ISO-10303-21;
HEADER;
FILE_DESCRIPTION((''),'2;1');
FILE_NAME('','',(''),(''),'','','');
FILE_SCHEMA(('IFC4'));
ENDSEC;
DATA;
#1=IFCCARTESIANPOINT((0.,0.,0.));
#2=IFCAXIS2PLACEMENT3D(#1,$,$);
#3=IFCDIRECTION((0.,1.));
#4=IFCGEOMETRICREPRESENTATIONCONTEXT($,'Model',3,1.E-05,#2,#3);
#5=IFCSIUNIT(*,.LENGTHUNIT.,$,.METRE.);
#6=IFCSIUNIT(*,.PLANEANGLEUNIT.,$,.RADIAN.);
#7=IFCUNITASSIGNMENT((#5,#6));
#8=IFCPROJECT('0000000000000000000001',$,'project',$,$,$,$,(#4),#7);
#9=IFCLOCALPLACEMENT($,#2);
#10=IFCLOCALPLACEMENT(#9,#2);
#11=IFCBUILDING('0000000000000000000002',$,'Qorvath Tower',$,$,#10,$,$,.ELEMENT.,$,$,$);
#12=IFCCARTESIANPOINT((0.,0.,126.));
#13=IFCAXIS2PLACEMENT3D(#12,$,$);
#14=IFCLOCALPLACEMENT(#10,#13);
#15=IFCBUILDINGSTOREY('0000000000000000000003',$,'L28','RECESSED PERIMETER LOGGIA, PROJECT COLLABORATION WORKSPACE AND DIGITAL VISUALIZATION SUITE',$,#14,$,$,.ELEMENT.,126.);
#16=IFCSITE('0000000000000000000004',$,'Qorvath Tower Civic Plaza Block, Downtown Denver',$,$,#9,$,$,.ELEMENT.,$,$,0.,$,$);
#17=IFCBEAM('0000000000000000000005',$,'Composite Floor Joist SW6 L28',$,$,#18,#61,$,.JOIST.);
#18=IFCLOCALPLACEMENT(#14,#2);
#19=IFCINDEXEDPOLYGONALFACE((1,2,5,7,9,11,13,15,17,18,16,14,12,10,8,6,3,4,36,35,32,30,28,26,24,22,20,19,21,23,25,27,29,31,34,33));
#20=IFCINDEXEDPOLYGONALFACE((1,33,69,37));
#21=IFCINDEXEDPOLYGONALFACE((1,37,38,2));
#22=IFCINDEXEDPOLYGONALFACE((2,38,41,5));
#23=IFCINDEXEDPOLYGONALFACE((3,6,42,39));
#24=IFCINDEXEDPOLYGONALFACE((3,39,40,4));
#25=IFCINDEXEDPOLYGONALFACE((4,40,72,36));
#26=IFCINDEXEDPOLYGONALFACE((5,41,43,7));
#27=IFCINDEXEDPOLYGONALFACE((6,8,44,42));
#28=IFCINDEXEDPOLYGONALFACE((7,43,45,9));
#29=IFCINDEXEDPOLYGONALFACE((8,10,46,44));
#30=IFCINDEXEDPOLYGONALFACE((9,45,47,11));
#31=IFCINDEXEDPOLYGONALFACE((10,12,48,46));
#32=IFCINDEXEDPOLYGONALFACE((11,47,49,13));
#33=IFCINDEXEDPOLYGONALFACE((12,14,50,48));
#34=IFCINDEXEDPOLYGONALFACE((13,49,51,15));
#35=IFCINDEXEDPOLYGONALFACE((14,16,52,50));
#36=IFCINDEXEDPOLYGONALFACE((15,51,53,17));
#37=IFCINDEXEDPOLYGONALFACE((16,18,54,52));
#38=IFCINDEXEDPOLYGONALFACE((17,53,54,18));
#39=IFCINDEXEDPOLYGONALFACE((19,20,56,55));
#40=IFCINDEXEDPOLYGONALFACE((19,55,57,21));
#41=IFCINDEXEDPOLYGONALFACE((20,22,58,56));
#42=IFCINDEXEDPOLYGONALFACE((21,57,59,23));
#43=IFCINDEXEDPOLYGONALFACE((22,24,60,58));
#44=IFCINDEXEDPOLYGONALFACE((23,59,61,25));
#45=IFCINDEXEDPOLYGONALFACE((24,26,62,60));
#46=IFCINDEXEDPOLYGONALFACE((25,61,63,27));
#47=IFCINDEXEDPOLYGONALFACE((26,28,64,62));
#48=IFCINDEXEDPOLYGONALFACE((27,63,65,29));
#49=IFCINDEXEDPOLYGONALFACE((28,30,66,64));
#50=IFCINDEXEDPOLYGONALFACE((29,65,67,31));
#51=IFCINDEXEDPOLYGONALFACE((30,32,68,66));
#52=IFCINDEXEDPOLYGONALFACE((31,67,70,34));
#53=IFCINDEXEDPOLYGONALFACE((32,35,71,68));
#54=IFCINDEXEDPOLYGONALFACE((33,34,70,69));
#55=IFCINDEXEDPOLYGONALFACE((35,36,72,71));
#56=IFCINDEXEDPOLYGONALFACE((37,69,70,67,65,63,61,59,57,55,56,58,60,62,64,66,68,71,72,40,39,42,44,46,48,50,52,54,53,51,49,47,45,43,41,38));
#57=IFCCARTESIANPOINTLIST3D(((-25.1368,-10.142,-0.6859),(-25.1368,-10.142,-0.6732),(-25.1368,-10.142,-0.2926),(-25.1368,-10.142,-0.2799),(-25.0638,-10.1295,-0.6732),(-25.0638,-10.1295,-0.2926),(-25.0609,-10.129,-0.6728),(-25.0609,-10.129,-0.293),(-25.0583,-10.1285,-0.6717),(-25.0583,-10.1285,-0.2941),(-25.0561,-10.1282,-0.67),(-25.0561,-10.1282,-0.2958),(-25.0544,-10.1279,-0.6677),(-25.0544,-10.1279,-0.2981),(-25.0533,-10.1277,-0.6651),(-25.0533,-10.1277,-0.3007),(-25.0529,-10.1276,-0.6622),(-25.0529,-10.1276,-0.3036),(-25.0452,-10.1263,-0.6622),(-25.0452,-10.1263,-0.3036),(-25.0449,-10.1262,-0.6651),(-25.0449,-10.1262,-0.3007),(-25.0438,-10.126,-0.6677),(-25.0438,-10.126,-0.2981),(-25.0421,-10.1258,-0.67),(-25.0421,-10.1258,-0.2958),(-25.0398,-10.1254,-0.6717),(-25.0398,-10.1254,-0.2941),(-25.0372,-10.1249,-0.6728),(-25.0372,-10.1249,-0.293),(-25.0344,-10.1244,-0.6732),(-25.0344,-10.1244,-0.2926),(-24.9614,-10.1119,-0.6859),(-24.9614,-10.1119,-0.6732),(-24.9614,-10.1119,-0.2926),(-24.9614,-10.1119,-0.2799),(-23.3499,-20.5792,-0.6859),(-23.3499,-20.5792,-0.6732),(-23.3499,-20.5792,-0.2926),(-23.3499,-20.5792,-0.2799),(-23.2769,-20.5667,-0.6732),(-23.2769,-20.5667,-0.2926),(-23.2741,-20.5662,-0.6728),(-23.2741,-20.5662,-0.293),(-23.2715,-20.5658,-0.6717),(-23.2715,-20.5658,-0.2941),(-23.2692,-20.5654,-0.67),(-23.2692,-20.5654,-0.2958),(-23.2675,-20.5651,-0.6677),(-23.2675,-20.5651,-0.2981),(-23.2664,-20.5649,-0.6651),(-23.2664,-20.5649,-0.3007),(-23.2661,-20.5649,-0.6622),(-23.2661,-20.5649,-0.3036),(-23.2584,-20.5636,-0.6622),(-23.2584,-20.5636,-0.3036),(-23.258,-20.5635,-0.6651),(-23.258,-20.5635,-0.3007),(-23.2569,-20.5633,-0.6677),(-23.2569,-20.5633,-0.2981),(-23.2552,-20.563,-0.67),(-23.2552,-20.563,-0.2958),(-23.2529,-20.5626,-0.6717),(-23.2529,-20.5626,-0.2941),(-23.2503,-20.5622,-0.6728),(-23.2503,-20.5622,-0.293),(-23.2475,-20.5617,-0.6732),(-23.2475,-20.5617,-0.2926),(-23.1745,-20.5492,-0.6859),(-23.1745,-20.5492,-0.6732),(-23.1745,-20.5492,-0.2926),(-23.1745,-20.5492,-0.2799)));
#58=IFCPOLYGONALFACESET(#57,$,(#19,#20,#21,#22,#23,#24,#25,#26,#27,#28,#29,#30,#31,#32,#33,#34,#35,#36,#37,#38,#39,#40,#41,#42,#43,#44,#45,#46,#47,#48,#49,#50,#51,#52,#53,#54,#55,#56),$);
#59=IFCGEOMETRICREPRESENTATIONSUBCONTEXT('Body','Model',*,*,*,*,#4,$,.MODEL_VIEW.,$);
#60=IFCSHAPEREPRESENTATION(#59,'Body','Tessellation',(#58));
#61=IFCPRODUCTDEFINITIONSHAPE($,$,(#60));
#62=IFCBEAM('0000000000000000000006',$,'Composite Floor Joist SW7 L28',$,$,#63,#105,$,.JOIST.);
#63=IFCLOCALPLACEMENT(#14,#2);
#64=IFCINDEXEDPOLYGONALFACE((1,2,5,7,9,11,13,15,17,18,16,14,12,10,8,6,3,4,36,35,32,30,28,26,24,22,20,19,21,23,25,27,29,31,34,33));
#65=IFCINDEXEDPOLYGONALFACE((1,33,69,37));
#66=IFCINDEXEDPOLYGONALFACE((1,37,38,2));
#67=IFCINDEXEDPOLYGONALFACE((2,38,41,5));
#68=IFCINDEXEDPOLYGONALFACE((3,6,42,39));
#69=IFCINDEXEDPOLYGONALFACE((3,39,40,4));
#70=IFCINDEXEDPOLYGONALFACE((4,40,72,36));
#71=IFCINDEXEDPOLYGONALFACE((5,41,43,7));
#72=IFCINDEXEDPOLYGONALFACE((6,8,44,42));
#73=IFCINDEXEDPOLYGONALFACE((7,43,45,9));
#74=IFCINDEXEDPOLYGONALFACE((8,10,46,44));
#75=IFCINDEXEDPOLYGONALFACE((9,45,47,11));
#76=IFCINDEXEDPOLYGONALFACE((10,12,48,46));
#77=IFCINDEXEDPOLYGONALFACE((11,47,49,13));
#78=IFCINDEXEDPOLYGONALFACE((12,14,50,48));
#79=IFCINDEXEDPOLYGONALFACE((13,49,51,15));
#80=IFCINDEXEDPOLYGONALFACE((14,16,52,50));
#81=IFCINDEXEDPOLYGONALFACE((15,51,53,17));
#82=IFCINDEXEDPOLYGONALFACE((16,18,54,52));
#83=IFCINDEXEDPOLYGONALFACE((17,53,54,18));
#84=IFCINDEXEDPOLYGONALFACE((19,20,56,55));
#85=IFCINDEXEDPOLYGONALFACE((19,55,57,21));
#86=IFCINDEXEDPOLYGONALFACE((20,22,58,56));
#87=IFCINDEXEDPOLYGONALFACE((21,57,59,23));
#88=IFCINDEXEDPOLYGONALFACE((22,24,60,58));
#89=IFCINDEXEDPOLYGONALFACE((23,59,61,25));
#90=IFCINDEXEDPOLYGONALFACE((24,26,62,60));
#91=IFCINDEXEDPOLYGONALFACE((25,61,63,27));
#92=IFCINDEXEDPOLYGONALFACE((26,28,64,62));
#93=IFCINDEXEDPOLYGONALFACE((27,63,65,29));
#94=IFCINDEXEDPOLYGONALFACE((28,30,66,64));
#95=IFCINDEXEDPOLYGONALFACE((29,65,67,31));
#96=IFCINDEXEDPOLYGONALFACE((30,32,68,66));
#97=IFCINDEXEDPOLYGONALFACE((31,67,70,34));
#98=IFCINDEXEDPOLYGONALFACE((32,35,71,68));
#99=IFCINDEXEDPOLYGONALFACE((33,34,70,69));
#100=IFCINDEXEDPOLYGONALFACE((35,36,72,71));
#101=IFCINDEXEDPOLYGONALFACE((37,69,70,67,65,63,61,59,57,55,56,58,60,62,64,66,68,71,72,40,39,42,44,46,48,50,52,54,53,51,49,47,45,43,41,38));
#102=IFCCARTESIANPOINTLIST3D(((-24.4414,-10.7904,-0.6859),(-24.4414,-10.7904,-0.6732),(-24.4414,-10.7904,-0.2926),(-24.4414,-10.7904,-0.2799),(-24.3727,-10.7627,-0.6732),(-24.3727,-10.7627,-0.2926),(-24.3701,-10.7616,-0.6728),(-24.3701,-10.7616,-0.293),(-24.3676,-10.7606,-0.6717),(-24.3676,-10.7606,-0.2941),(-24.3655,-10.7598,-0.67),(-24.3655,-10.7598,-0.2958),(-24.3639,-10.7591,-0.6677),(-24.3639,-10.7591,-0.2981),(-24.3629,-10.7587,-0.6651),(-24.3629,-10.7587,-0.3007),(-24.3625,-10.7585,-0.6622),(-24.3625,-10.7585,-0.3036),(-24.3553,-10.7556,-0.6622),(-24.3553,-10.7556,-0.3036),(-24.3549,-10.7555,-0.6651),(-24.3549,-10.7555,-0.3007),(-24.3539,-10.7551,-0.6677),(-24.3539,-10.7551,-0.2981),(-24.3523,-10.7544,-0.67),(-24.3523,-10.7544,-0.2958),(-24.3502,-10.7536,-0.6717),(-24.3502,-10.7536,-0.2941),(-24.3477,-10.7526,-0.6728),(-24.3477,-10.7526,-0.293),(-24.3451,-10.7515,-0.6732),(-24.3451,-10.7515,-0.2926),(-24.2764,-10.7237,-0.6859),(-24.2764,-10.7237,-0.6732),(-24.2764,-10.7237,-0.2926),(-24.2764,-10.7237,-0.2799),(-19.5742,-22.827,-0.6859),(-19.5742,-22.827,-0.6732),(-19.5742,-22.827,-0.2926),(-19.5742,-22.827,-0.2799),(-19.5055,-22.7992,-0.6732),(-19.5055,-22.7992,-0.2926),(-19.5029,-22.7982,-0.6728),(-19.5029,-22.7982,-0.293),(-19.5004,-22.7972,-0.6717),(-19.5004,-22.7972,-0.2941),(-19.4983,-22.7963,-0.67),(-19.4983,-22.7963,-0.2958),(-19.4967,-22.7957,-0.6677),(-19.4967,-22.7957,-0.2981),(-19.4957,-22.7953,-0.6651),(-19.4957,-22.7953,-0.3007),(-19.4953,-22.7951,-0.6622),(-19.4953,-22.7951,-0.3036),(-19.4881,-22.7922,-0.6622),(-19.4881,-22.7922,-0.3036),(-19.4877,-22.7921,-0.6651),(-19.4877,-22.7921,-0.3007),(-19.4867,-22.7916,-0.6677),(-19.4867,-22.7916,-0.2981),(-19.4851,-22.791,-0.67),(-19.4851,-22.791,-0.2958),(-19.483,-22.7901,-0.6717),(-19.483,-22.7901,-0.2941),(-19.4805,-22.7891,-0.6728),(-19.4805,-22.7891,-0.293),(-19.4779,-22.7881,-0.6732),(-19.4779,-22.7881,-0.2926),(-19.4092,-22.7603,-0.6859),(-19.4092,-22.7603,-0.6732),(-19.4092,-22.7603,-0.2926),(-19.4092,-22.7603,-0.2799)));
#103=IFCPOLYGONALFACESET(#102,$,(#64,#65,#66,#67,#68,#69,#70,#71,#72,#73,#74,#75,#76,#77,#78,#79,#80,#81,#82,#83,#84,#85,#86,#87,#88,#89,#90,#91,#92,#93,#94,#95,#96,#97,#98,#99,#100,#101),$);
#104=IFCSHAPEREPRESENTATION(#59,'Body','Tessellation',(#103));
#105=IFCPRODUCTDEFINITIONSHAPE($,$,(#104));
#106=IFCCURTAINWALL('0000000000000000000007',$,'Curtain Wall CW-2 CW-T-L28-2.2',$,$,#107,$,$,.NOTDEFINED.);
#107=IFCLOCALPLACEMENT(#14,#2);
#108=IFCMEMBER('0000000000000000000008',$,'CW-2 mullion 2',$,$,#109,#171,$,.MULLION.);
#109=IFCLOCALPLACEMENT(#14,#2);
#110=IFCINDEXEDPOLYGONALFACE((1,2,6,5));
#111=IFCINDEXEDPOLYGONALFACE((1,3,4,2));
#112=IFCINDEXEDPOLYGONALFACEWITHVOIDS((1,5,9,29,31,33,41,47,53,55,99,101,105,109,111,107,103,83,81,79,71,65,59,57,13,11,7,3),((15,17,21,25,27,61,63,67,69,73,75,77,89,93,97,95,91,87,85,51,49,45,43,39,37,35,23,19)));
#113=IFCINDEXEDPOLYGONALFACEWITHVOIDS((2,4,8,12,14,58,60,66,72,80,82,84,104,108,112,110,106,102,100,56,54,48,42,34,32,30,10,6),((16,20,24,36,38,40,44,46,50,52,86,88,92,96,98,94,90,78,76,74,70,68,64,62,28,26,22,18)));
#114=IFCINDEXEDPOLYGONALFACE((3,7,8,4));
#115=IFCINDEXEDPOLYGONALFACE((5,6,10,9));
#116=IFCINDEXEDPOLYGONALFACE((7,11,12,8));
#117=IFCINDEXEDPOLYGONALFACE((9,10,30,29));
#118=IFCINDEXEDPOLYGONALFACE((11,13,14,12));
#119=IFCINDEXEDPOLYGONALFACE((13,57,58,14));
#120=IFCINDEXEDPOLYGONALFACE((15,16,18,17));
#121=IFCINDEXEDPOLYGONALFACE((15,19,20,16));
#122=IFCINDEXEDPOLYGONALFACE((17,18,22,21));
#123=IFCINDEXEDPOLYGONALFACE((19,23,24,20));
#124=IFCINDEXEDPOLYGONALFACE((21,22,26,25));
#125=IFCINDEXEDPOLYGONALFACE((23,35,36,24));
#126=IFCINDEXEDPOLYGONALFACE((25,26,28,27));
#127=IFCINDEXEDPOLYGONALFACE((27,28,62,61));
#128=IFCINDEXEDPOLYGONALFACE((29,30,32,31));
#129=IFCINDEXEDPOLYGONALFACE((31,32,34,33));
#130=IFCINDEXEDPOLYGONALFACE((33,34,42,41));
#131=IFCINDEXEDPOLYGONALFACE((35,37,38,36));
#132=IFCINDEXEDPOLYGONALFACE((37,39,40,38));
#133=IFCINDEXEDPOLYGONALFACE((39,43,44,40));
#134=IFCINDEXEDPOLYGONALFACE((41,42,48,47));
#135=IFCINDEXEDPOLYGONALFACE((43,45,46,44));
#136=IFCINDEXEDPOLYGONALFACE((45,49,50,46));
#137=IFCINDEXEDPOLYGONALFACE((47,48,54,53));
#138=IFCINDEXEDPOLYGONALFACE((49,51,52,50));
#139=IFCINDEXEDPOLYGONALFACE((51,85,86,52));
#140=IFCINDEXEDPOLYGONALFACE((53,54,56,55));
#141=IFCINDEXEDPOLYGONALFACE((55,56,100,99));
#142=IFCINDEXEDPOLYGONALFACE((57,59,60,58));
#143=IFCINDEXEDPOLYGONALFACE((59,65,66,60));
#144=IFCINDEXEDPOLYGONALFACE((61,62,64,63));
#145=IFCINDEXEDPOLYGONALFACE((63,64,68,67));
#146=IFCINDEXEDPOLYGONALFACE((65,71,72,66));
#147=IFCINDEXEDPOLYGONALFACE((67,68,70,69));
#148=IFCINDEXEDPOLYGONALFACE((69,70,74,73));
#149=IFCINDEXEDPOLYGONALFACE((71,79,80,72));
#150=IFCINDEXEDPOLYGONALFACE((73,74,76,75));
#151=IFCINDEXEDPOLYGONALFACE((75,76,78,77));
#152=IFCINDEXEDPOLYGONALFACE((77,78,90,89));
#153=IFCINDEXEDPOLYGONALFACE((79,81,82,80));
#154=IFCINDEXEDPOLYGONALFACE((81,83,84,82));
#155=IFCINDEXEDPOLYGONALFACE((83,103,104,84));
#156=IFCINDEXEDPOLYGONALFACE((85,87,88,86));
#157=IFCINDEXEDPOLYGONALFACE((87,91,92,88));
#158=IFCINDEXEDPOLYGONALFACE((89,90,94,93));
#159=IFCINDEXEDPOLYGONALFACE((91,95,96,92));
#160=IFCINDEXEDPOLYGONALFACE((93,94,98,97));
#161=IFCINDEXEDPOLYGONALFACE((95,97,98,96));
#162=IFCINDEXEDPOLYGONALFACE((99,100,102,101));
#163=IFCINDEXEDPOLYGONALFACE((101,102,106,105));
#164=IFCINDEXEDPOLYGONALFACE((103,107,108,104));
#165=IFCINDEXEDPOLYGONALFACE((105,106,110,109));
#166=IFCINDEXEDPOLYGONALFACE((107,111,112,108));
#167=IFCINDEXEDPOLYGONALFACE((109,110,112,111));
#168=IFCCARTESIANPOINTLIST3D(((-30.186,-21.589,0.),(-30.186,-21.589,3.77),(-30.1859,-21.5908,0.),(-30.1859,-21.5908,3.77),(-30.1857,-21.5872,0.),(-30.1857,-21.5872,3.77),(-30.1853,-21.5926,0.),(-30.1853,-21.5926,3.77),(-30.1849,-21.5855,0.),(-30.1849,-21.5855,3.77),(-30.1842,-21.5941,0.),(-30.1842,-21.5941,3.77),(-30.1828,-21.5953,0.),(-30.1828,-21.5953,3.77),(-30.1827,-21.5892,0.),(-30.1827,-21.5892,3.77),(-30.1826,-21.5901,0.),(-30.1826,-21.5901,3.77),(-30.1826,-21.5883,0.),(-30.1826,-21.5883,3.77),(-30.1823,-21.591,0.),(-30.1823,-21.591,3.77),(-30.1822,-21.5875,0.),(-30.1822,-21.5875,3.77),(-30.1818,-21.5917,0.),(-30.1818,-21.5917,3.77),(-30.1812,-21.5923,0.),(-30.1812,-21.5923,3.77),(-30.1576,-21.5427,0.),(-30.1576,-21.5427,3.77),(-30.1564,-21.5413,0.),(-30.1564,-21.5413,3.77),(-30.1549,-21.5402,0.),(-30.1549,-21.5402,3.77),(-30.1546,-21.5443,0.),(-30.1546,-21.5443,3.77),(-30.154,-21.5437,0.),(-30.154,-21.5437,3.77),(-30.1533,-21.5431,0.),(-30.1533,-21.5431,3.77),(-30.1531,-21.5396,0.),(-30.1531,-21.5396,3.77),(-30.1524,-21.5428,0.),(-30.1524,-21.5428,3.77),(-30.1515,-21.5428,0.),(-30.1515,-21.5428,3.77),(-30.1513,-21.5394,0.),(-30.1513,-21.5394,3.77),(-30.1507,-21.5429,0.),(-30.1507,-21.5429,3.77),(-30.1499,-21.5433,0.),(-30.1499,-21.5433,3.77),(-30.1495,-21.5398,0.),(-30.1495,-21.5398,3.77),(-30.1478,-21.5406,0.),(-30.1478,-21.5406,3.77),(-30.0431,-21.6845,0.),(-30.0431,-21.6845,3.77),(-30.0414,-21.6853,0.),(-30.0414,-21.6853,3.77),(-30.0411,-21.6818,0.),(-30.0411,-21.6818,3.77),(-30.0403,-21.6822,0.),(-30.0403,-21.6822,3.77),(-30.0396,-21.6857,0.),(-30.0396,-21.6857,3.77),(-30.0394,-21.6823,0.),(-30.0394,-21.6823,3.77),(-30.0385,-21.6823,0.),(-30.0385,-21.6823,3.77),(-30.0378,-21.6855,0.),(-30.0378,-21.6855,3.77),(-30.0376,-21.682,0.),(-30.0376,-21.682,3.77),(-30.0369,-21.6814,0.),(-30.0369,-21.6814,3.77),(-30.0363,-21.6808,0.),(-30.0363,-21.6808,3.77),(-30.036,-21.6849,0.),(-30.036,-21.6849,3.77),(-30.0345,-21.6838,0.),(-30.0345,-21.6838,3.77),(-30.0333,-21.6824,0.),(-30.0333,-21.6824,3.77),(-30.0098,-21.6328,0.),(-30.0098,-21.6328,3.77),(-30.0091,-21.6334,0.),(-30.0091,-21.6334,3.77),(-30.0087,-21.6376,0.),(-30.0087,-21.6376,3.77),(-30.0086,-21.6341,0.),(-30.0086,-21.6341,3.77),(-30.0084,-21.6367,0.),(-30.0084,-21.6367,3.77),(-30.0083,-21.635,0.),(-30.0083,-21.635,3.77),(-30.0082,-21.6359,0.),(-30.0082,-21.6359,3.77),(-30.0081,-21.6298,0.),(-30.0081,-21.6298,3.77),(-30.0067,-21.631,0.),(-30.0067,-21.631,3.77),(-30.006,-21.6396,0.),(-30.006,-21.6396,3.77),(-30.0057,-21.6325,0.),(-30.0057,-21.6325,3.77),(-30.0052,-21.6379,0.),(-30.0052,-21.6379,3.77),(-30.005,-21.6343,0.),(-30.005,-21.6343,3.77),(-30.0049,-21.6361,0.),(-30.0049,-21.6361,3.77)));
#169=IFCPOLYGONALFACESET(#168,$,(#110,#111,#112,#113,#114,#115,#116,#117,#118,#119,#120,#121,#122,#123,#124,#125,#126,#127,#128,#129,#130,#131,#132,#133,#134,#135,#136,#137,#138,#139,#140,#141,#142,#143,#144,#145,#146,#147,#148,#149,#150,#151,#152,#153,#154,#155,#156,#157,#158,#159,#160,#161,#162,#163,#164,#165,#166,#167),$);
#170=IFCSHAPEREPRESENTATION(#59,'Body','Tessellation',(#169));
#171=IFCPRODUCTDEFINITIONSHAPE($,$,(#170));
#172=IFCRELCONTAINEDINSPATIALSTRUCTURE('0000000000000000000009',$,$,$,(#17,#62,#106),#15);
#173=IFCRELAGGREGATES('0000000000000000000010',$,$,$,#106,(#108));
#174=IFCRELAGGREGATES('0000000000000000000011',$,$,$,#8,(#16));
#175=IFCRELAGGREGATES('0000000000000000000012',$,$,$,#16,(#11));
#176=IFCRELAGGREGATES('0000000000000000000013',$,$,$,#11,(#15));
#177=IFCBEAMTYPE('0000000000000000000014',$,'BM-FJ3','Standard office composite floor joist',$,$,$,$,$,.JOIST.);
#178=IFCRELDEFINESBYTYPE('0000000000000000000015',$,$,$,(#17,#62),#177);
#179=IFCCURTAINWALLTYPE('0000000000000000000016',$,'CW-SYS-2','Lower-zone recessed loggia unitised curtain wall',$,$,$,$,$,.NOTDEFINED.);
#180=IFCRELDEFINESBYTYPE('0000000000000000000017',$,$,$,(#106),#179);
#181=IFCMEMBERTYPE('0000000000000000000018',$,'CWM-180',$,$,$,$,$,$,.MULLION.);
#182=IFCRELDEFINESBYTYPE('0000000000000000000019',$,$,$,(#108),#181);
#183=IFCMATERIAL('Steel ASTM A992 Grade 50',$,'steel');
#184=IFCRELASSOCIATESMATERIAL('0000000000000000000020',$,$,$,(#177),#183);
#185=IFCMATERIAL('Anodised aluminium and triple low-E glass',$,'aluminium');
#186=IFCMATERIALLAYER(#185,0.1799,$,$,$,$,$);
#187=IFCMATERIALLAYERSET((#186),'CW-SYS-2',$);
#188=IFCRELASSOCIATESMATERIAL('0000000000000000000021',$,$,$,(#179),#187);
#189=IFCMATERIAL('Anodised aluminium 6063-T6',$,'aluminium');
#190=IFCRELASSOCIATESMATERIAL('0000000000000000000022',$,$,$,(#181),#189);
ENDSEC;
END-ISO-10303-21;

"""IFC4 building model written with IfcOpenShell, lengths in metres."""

from ifc_helpers import new_model, si_unit, direction, frame, origin, origin_2d, place, context, subcontext, project, spatial, hollow_rectangle, i_section, extrude, material, layer, layer_set, material_profile, profile_set, type_object, element, aggregate, save


model = new_model("IFC4")

# Units and contexts
model_context = context("Model", 3, precision=1e-05, world=origin(), true_north=direction((0.0, 1.0)))
body_context = subcontext(model_context, "Body", "Model", "MODEL_VIEW")
ifc_project = project(units=[si_unit("LENGTHUNIT", "METRE"), si_unit("PLANEANGLEUNIT", "RADIAN")], contexts=[model_context])

# Site, building, storey
site_placement = place(None, origin())
site = spatial("IfcSite", under=ifc_project, at=site_placement, Name="Qorvath Tower Civic Plaza Block, Downtown Denver", CompositionType="ELEMENT", RefElevation=0.0)
building_placement = place(site_placement, origin())
building = spatial("IfcBuilding", under=site, at=building_placement, Name="Qorvath Tower", CompositionType="ELEMENT")
storey_placement = place(building_placement, frame((0.0, 0.0, 126.0)))
storey = spatial("IfcBuildingStorey", under=building, at=storey_placement, Name="L28", Description="RECESSED PERIMETER LOGGIA, PROJECT COLLABORATION WORKSPACE AND DIGITAL VISUALIZATION SUITE", CompositionType="ELEMENT", Elevation=126.0)

# Beams
ifc_material_1 = material(Name="Steel ASTM A992 Grade 50", Category="steel")
ifc_material_profile_1 = material_profile(ifc_material_1, i_section(OverallWidth=0.178, OverallDepth=0.406, WebThickness=0.0078, FlangeThickness=0.0127, FilletRadius=0.011, at=origin_2d()), Name="W16x40")
ifc_profile_set_1 = profile_set([ifc_material_profile_1], Name="Steel ASTM A992 Grade 50")
beam_type_1 = type_object("IfcBeamType", Name="BM-FJ3", Description="Standard office composite floor joist", PredefinedType="JOIST", material=ifc_profile_set_1)
beam_1_placement = place(storey_placement, frame((-25.0491, -10.127, -0.4829), z_axis=(0.168746, -0.98566, 0.0), x_axis=(0.98566, 0.168746, 0.0)))
element("IfcBeam", 1, at=beam_1_placement, inside=storey, type_object=beam_type_1, Name="Composite Floor Joist SW6 L28", PredefinedType="JOIST", context=body_context, shape_type="SweptSolid", body=[
    extrude(i_section(OverallWidth=0.178, OverallDepth=0.406, WebThickness=0.0078, FlangeThickness=0.0127, FilletRadius=0.011, at=origin_2d()), origin(), (0.0, 0.0, 1.0), 10.5891),
])
beam_2_placement = place(storey_placement, frame((-24.3589, -10.7571, -0.4829), z_axis=(0.374877, -0.927075, 0.0), x_axis=(0.927075, 0.374877, 0.0)))
element("IfcBeam", 2, at=beam_2_placement, inside=storey, type_object=beam_type_1, Name="Composite Floor Joist SW7 L28", PredefinedType="JOIST", context=body_context, shape_type="SweptSolid", body=[
    extrude(i_section(OverallWidth=0.178, OverallDepth=0.406, WebThickness=0.0078, FlangeThickness=0.0127, FilletRadius=0.011, at=origin_2d()), origin(), (0.0, 0.0, 1.0), 12.9834),
])

# Curtain wall, member
ifc_material_2 = material(Name="Anodised aluminium and triple low-E glass", Category="aluminium")
ifc_layer_1 = layer(ifc_material_2, 0.1799)
ifc_layer_set_1 = layer_set([ifc_layer_1], Name="CW-SYS-2")
curtain_wall_type = type_object("IfcCurtainWallType", Name="CW-SYS-2", Description="Lower-zone recessed loggia unitised curtain wall", PredefinedType="NOTDEFINED", material=ifc_layer_set_1)
curtain_wall_placement = place(storey_placement, origin())
curtain_wall = element("IfcCurtainWall", 3, at=curtain_wall_placement, inside=storey, type_object=curtain_wall_type, Name="Curtain Wall CW-2 CW-T-L28-2.2", PredefinedType="NOTDEFINED")
ifc_material_3 = material(Name="Anodised aluminium 6063-T6", Category="aluminium")
ifc_material_profile_2 = material_profile(ifc_material_3, hollow_rectangle(XDim=0.0649, YDim=0.1799, WallThickness=0.0034, InnerFilletRadius=0.0034, OuterFilletRadius=0.0071, at=origin_2d()), Name="CWM 180x65")
ifc_profile_set_2 = profile_set([ifc_material_profile_2], Name="Anodised aluminium 6063-T6")
member_type_1 = type_object("IfcMemberType", Name="CWM-180", PredefinedType="MULLION", material=ifc_profile_set_2)
member_1_placement = place(storey_placement, frame((-30.0955, -21.6125, 0.0), z_axis=(0.0, 0.0, 1.0), x_axis=(0.538536, 0.842602, 0.0)))
member_1 = element("IfcMember", 4, at=member_1_placement, type_object=member_type_1, Name="CW-2 mullion 2", PredefinedType="MULLION", context=body_context, shape_type="SweptSolid", body=[
    extrude(hollow_rectangle(XDim=0.0649, YDim=0.1799, WallThickness=0.0034, InnerFilletRadius=0.0034, OuterFilletRadius=0.0071, at=origin_2d()), origin(), (0.0, 0.0, 1.0), 3.77),
])
aggregate(curtain_wall, [member_1])

save(model, "model.ifc")
